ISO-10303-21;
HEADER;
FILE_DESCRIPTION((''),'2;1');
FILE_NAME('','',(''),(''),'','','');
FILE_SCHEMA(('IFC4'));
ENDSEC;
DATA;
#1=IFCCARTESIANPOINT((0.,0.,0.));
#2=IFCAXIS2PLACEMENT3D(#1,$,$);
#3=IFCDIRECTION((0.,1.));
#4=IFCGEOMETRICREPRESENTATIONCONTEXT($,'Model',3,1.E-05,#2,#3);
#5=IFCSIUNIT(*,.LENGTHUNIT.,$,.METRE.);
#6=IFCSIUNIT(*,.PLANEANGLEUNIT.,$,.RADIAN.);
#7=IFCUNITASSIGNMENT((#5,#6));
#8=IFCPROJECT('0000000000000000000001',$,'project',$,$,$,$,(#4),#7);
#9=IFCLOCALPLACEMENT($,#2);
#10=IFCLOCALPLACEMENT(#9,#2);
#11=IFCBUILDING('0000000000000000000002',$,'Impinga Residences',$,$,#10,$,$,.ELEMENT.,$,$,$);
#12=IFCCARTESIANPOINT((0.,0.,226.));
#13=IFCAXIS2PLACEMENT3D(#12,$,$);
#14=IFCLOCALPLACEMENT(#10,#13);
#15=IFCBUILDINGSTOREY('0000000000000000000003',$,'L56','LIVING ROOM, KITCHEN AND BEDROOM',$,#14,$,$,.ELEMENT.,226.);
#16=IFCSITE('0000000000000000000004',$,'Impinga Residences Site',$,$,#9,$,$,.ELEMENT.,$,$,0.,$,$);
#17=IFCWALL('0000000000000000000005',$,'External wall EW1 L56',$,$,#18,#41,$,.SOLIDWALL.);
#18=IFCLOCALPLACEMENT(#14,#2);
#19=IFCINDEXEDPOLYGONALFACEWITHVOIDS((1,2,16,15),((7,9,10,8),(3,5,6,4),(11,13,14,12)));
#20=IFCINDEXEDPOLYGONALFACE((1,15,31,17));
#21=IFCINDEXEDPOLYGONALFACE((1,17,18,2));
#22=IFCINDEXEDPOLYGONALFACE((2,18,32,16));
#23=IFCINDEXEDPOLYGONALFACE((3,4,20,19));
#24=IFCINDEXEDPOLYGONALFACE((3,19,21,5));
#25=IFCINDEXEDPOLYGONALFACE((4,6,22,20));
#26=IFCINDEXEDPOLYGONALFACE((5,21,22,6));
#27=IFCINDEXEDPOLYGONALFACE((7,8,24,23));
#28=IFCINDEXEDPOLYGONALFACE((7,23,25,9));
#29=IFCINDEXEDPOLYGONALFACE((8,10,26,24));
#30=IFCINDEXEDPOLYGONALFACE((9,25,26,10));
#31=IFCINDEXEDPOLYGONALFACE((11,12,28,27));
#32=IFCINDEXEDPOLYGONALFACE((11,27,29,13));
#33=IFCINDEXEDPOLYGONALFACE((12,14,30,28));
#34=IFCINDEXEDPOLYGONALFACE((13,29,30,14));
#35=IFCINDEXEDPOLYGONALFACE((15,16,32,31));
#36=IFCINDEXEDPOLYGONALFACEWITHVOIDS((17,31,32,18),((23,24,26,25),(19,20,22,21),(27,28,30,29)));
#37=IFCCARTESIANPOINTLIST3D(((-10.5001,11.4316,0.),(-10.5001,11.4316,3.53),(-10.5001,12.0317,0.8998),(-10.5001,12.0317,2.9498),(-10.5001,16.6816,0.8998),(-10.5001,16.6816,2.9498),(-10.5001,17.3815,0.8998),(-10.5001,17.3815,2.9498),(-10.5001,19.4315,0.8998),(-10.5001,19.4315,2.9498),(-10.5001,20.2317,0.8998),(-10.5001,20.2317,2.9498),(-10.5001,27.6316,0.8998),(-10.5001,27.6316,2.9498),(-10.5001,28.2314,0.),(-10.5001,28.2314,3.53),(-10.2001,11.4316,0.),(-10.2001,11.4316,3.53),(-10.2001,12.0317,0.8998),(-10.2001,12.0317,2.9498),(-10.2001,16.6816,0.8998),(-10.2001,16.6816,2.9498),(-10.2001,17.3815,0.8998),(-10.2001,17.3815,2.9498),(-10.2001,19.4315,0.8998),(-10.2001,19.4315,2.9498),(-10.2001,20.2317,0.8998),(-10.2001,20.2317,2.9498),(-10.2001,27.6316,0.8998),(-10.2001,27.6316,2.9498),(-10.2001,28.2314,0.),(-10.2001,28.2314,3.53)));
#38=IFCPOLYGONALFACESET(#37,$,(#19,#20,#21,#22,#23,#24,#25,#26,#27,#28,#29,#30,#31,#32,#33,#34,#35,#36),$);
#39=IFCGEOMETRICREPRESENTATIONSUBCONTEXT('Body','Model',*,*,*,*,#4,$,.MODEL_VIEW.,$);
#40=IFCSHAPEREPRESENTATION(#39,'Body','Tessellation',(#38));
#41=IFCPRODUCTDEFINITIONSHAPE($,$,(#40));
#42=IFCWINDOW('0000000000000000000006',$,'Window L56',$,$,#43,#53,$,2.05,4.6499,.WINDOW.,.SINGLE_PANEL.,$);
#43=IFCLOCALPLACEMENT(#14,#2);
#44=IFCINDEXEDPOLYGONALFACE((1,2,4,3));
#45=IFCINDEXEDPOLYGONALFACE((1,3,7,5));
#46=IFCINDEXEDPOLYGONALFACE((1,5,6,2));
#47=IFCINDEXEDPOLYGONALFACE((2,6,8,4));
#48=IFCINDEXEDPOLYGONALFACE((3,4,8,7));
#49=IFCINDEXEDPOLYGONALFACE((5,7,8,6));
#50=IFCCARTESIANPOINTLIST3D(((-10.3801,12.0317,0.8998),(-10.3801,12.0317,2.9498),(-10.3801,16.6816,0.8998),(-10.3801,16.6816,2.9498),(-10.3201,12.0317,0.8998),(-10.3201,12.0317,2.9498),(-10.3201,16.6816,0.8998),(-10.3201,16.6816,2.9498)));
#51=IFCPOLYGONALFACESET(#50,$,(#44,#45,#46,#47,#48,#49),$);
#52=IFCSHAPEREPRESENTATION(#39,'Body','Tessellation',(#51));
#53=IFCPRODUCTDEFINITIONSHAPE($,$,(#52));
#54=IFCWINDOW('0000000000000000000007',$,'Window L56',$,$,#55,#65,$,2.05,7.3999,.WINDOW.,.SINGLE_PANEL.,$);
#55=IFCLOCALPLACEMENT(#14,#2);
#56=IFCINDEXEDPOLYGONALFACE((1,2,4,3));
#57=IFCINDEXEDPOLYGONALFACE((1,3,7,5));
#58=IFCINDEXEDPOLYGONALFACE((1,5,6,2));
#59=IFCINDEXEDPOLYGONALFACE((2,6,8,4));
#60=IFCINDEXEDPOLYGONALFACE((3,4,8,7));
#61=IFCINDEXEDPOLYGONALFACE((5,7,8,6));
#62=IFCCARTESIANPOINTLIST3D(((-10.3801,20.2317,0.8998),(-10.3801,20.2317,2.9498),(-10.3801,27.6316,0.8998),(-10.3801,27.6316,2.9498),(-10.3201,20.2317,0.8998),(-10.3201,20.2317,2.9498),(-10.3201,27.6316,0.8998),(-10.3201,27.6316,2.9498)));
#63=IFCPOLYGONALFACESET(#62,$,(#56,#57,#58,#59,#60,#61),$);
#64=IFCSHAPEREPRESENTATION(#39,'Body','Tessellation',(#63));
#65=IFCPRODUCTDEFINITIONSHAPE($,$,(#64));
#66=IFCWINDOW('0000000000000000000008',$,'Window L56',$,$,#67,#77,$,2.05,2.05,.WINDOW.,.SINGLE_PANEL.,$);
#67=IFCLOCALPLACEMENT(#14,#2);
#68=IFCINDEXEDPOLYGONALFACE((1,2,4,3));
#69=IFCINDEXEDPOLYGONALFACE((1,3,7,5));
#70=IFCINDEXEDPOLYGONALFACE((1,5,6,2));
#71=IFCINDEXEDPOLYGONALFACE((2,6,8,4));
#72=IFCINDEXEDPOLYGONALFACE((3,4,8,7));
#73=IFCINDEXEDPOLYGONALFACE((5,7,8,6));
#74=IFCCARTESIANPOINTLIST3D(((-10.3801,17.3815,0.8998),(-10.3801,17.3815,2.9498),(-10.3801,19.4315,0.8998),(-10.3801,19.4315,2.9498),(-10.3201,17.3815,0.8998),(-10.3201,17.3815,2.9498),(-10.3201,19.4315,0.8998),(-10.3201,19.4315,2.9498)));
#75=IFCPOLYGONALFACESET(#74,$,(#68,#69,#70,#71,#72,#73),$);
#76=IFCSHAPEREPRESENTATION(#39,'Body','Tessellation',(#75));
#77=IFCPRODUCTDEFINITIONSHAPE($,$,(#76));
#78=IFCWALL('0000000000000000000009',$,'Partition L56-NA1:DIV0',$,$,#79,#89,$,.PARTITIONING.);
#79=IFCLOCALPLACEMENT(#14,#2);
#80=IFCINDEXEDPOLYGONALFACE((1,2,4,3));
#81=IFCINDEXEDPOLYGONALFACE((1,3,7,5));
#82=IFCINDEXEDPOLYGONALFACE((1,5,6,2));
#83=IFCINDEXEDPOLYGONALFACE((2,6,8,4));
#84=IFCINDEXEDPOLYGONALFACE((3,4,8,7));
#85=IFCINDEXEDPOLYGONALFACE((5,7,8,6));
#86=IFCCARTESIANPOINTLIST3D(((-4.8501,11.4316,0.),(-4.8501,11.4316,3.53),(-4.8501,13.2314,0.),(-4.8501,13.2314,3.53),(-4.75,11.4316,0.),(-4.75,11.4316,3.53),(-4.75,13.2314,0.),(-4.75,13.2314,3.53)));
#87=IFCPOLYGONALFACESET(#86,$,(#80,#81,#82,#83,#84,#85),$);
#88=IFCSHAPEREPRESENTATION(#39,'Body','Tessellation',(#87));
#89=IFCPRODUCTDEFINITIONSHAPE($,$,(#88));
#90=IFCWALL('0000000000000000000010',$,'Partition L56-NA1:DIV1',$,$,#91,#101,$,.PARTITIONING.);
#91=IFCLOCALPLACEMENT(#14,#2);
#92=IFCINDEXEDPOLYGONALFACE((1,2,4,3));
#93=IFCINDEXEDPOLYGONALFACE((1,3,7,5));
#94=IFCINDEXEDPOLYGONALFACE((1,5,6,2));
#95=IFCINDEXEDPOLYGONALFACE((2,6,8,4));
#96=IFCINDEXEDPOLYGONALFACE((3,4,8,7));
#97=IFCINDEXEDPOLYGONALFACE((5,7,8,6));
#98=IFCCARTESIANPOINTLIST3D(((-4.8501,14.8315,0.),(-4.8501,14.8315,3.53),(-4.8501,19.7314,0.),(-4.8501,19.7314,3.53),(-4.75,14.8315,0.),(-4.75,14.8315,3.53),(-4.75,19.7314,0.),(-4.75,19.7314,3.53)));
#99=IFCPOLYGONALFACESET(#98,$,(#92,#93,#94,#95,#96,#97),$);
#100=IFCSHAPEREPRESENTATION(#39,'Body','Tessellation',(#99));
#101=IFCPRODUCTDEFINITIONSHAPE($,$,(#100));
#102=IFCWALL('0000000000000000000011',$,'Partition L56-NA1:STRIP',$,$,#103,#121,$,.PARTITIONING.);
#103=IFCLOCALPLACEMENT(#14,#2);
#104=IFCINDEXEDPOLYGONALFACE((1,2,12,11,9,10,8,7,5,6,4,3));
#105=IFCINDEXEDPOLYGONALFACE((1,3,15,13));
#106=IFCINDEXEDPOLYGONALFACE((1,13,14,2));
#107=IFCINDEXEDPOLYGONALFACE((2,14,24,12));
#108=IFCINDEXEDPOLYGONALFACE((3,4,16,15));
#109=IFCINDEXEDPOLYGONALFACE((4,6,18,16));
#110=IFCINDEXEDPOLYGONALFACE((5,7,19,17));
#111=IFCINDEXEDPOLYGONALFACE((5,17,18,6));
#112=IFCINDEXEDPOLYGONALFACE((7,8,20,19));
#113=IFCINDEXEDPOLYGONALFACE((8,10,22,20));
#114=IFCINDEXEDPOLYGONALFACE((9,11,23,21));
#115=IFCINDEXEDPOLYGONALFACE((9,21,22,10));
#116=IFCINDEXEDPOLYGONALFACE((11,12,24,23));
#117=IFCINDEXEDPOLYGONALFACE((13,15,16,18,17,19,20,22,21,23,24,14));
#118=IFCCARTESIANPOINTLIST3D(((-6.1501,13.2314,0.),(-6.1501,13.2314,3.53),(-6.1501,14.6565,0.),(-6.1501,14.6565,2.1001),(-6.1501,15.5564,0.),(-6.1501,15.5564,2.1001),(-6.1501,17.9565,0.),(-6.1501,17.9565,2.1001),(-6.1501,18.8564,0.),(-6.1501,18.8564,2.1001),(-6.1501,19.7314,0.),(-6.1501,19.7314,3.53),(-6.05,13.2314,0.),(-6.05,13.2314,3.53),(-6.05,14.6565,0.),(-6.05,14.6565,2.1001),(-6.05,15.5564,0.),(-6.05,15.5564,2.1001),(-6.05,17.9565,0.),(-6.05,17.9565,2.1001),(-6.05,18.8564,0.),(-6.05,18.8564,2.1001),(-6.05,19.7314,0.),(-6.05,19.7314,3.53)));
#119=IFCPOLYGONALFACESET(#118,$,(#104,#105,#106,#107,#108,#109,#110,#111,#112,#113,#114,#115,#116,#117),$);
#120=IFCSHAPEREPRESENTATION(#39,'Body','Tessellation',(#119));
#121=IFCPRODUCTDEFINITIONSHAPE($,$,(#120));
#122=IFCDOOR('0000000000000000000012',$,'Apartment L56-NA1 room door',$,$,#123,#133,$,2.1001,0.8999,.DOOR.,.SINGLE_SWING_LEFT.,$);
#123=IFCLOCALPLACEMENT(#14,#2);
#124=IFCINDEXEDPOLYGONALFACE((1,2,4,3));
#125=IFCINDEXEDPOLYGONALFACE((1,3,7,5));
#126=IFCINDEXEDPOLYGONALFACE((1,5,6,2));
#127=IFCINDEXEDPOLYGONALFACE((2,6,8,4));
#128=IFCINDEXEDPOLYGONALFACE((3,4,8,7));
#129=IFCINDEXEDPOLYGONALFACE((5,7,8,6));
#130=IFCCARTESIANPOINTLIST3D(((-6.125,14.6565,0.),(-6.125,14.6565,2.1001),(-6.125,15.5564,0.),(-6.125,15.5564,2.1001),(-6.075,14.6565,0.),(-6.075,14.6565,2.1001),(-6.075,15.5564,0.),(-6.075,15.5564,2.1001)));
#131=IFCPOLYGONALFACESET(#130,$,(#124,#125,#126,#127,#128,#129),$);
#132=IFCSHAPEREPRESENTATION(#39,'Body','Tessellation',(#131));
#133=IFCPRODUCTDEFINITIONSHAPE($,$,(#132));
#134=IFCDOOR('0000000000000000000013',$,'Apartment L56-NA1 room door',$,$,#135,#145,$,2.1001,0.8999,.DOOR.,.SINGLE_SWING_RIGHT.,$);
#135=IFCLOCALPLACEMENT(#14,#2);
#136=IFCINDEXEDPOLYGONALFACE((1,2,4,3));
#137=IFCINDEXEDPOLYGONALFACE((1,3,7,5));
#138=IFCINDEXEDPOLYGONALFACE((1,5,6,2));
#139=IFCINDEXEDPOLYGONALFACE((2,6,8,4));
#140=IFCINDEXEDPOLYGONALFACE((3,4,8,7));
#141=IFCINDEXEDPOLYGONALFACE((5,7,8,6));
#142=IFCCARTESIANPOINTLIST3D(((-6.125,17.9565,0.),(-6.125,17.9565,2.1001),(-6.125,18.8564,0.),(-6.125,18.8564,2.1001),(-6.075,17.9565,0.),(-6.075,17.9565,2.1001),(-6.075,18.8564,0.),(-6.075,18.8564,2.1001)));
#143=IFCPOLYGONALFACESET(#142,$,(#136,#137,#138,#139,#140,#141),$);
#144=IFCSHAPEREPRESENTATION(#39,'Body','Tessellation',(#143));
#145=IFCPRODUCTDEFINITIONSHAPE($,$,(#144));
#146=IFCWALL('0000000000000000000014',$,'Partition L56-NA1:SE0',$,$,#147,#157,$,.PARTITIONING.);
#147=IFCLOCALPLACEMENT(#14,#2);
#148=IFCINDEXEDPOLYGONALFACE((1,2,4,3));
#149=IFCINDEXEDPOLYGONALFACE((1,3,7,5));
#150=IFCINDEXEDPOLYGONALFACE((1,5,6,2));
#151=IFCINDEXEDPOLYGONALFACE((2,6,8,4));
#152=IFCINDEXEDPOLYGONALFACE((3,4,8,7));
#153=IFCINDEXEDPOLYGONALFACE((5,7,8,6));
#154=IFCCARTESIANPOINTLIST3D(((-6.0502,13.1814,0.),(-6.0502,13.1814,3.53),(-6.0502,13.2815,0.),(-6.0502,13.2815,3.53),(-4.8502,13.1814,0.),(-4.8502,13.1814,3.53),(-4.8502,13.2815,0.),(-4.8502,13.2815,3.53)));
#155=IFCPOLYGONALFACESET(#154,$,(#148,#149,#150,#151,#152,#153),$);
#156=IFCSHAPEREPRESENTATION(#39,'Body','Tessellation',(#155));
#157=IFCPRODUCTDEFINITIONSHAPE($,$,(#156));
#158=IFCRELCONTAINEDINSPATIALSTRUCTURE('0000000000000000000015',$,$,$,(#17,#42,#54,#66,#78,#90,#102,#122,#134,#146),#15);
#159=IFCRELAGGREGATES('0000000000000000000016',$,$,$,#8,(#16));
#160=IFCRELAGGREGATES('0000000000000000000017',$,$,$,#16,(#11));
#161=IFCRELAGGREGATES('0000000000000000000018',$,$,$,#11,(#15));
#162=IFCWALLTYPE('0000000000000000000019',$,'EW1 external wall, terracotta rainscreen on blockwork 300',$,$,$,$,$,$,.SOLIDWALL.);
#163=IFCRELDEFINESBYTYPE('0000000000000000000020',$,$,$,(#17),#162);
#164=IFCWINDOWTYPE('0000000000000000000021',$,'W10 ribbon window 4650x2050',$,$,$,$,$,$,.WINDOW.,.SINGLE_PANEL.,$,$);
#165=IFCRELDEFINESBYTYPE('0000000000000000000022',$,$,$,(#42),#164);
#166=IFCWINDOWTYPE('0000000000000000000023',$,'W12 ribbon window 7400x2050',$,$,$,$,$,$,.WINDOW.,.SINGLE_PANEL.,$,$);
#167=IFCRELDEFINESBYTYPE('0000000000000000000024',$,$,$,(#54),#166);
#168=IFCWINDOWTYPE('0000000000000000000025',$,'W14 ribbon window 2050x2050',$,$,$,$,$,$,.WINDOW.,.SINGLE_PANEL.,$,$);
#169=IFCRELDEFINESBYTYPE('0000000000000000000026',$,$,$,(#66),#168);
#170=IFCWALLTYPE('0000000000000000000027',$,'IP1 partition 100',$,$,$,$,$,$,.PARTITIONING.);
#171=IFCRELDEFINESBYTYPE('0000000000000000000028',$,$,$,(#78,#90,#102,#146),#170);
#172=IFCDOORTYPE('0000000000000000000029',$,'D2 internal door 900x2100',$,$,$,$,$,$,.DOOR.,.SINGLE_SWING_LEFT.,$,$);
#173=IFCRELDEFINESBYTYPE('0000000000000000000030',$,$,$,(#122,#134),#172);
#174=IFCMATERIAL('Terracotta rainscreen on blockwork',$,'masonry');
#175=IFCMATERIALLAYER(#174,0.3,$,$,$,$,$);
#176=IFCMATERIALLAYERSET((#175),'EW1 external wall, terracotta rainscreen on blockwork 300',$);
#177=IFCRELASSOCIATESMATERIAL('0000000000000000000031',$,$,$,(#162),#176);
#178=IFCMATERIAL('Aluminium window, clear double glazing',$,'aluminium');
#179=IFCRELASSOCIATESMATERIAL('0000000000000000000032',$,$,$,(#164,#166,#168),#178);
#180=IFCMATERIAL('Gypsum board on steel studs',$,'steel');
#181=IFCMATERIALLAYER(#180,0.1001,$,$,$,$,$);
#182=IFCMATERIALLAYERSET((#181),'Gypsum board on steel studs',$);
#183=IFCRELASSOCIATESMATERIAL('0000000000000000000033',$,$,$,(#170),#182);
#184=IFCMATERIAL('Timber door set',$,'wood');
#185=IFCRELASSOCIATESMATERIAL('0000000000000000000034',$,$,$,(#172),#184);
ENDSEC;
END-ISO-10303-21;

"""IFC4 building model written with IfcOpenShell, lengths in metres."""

from ifc_helpers import new_model, si_unit, direction, frame, frame_2d, origin, place, context, subcontext, project, spatial, rectangle, extrude, material, layer, layer_set, type_object, element, fill, save


model = new_model("IFC4")

# Units and contexts
model_context = context("Model", 3, precision=1e-05, world=origin(), true_north=direction((0.0, 1.0)))
body_context = subcontext(model_context, "Body", "Model", "MODEL_VIEW")
ifc_project = project(units=[si_unit("LENGTHUNIT", "METRE"), si_unit("PLANEANGLEUNIT", "RADIAN")], contexts=[model_context])

# Site, building, storey
site_placement = place(None, origin())
site = spatial("IfcSite", under=ifc_project, at=site_placement, Name="Impinga Residences Site", CompositionType="ELEMENT", RefElevation=0.0)
building_placement = place(site_placement, origin())
building = spatial("IfcBuilding", under=site, at=building_placement, Name="Impinga Residences", CompositionType="ELEMENT")
storey_placement = place(building_placement, frame((0.0, 0.0, 226.0)))
storey = spatial("IfcBuildingStorey", under=building, at=storey_placement, Name="L56", Description="LIVING ROOM, KITCHEN AND BEDROOM", CompositionType="ELEMENT", Elevation=226.0)

# Shared definitions
ifc_material_1 = material(Name="Timber door set", Category="wood")

# Shared definitions
ifc_material_2 = material(Name="Terracotta rainscreen on blockwork", Category="masonry")
ifc_layer_1 = layer(ifc_material_2, 0.3)
ifc_layer_set_1 = layer_set([ifc_layer_1], Name="EW1 external wall, terracotta rainscreen on blockwork 300")
wall_type_1 = type_object("IfcWallType", Name="EW1 external wall, terracotta rainscreen on blockwork 300", PredefinedType="SOLIDWALL", material=ifc_layer_set_1)

# Wall, openings, windows
wall_1_placement = place(storey_placement, frame((-10.3501, 11.4316, 0.0), z_axis=(0.0, 0.0, 1.0), x_axis=(0.0, 1.0, 0.0)))
wall_1 = element("IfcWall", 1, at=wall_1_placement, inside=storey, type_object=wall_type_1, Name="External wall EW1 L56", PredefinedType="SOLIDWALL", context=body_context, shape_type="SweptSolid", body=[
    extrude(rectangle(XDim=16.7998, YDim=0.3, at=frame_2d((8.3999, 0.0))), origin(), (0.0, 0.0, 1.0), 3.53),
])
opening_1_placement = place(wall_1_placement, frame((0.6001, 0.0, 0.8999)))
opening_1 = element("IfcOpeningElement", 2, at=opening_1_placement, cuts=wall_1, PredefinedType="OPENING", context=body_context, shape_type="SweptSolid", body=[
    extrude(rectangle(XDim=4.6499, YDim=2.05, at=frame_2d((2.325, 1.0249))), frame((0.0, 0.1599, 0.0), z_axis=(0.0, -1.0, 0.0), x_axis=(1.0, 0.0, 0.0)), (0.0, 0.0, 1.0), 0.3201),
])
opening_2_placement = place(wall_1_placement, frame((5.95, 0.0, 0.8999)))
opening_2 = element("IfcOpeningElement", 3, at=opening_2_placement, cuts=wall_1, PredefinedType="OPENING", context=body_context, shape_type="SweptSolid", body=[
    extrude(rectangle(XDim=2.05, YDim=2.05, at=frame_2d((1.0249, 1.0249))), frame((0.0, 0.1599, 0.0), z_axis=(0.0, -1.0, 0.0), x_axis=(1.0, 0.0, 0.0)), (0.0, 0.0, 1.0), 0.3201),
])
opening_3_placement = place(wall_1_placement, frame((8.8, 0.0, 0.8999)))
opening_3 = element("IfcOpeningElement", 4, at=opening_3_placement, cuts=wall_1, PredefinedType="OPENING", context=body_context, shape_type="SweptSolid", body=[
    extrude(rectangle(XDim=7.3999, YDim=2.05, at=frame_2d((3.7, 1.0249))), frame((0.0, 0.1599, 0.0), z_axis=(0.0, -1.0, 0.0), x_axis=(1.0, 0.0, 0.0)), (0.0, 0.0, 1.0), 0.3201),
])
ifc_material_3 = material(Name="Aluminium window, clear double glazing", Category="aluminium")
window_type_1 = type_object("IfcWindowType", Name="W10 ribbon window 4650x2050", PartitioningType="SINGLE_PANEL", PredefinedType="WINDOW", material=ifc_material_3)
window_1_placement = place(opening_1_placement, origin())
window_1 = element("IfcWindow", 5, at=window_1_placement, inside=storey, type_object=window_type_1, Name="Window L56", OverallHeight=2.05, OverallWidth=4.6499, PartitioningType="SINGLE_PANEL", PredefinedType="WINDOW", context=body_context, shape_type="SweptSolid", body=[
    extrude(rectangle(XDim=4.6499, YDim=2.05, at=frame_2d((2.325, 1.0249))), frame((0.0, 0.03, 0.0), z_axis=(0.0, -1.0, 0.0), x_axis=(1.0, 0.0, 0.0)), (0.0, 0.0, 1.0), 0.0601),
])
fill(opening_1, window_1)
window_type_2 = type_object("IfcWindowType", Name="W12 ribbon window 7400x2050", PartitioningType="SINGLE_PANEL", PredefinedType="WINDOW", material=ifc_material_3)
window_2_placement = place(opening_3_placement, origin())
window_2 = element("IfcWindow", 6, at=window_2_placement, inside=storey, type_object=window_type_2, Name="Window L56", OverallHeight=2.05, OverallWidth=7.3999, PartitioningType="SINGLE_PANEL", PredefinedType="WINDOW", context=body_context, shape_type="SweptSolid", body=[
    extrude(rectangle(XDim=7.3999, YDim=2.05, at=frame_2d((3.7, 1.0249))), frame((0.0, 0.03, 0.0), z_axis=(0.0, -1.0, 0.0), x_axis=(1.0, 0.0, 0.0)), (0.0, 0.0, 1.0), 0.0601),
])
fill(opening_3, window_2)
window_type_3 = type_object("IfcWindowType", Name="W14 ribbon window 2050x2050", PartitioningType="SINGLE_PANEL", PredefinedType="WINDOW", material=ifc_material_3)
window_3_placement = place(opening_2_placement, origin())
window_3 = element("IfcWindow", 7, at=window_3_placement, inside=storey, type_object=window_type_3, Name="Window L56", OverallHeight=2.05, OverallWidth=2.05, PartitioningType="SINGLE_PANEL", PredefinedType="WINDOW", context=body_context, shape_type="SweptSolid", body=[
    extrude(rectangle(XDim=2.05, YDim=2.05, at=frame_2d((1.0249, 1.0249))), frame((0.0, 0.03, 0.0), z_axis=(0.0, -1.0, 0.0), x_axis=(1.0, 0.0, 0.0)), (0.0, 0.0, 1.0), 0.0601),
])
fill(opening_2, window_3)

# Walls
ifc_material_4 = material(Name="Gypsum board on steel studs", Category="steel")
ifc_layer_2 = layer(ifc_material_4, 0.1001)
ifc_layer_set_2 = layer_set([ifc_layer_2], Name="Gypsum board on steel studs")
wall_type_2 = type_object("IfcWallType", Name="IP1 partition 100", PredefinedType="PARTITIONING", material=ifc_layer_set_2)
wall_2_placement = place(storey_placement, frame((-4.8, 11.4316, 0.0), z_axis=(0.0, 0.0, 1.0), x_axis=(0.0, 1.0, 0.0)))
element("IfcWall", 8, at=wall_2_placement, inside=storey, type_object=wall_type_2, Name="Partition L56-NA1:DIV0", PredefinedType="PARTITIONING", context=body_context, shape_type="SweptSolid", body=[
    extrude(rectangle(XDim=1.7998, YDim=0.1001, at=frame_2d((0.8999, 0.0))), origin(), (0.0, 0.0, 1.0), 3.53),
])
wall_3_placement = place(storey_placement, frame((-4.8, 14.8315, 0.0), z_axis=(0.0, 0.0, 1.0), x_axis=(0.0, 1.0, 0.0)))
element("IfcWall", 9, at=wall_3_placement, inside=storey, type_object=wall_type_2, Name="Partition L56-NA1:DIV1", PredefinedType="PARTITIONING", context=body_context, shape_type="SweptSolid", body=[
    extrude(rectangle(XDim=4.8999, YDim=0.1001, at=frame_2d((2.45, 0.0))), origin(), (0.0, 0.0, 1.0), 3.53),
])

# Wall, openings, doors
wall_4_placement = place(storey_placement, frame((-6.1001, 13.2314, 0.0), z_axis=(0.0, 0.0, 1.0), x_axis=(0.0, 1.0, 0.0)))
wall_4 = element("IfcWall", 10, at=wall_4_placement, inside=storey, type_object=wall_type_2, Name="Partition L56-NA1:STRIP", PredefinedType="PARTITIONING", context=body_context, shape_type="SweptSolid", body=[
    extrude(rectangle(XDim=6.5, YDim=0.1001, at=frame_2d((3.25, 0.0))), origin(), (0.0, 0.0, 1.0), 3.53),
])
opening_4_placement = place(wall_4_placement, frame((1.425, 0.0, 0.0)))
opening_4 = element("IfcOpeningElement", 11, at=opening_4_placement, cuts=wall_4, PredefinedType="OPENING", context=body_context, shape_type="SweptSolid", body=[
    extrude(rectangle(XDim=0.8999, YDim=2.1001, at=frame_2d((0.45, 1.05))), frame((0.0, 0.0601, 0.0), z_axis=(0.0, -1.0, 0.0), x_axis=(1.0, 0.0, 0.0)), (0.0, 0.0, 1.0), 0.1201),
])
opening_5_placement = place(wall_4_placement, frame((4.7251, 0.0, 0.0)))
opening_5 = element("IfcOpeningElement", 12, at=opening_5_placement, cuts=wall_4, PredefinedType="OPENING", context=body_context, shape_type="SweptSolid", body=[
    extrude(rectangle(XDim=0.8999, YDim=2.1001, at=frame_2d((0.45, 1.05))), frame((0.0, 0.0601, 0.0), z_axis=(0.0, -1.0, 0.0), x_axis=(1.0, 0.0, 0.0)), (0.0, 0.0, 1.0), 0.1201),
])
door_type_1 = type_object("IfcDoorType", Name="D2 internal door 900x2100", OperationType="SINGLE_SWING_LEFT", PredefinedType="DOOR", material=ifc_material_1)
door_1_placement = place(opening_4_placement, origin())
door_1 = element("IfcDoor", 13, at=door_1_placement, inside=storey, type_object=door_type_1, Name="Apartment L56-NA1 room door", OperationType="SINGLE_SWING_LEFT", OverallHeight=2.1001, OverallWidth=0.8999, PredefinedType="DOOR", context=body_context, shape_type="SweptSolid", body=[
    extrude(rectangle(XDim=0.8999, YDim=2.1001, at=frame_2d((0.45, 1.05))), frame((0.0, 0.0249, 0.0), z_axis=(0.0, -1.0, 0.0), x_axis=(1.0, 0.0, 0.0)), (0.0, 0.0, 1.0), 0.05),
])
fill(opening_4, door_1)
door_2_placement = place(opening_5_placement, origin())
door_2 = element("IfcDoor", 14, at=door_2_placement, inside=storey, type_object=door_type_1, Name="Apartment L56-NA1 room door", OperationType="SINGLE_SWING_RIGHT", OverallHeight=2.1001, OverallWidth=0.8999, PredefinedType="DOOR", context=body_context, shape_type="SweptSolid", body=[
    extrude(rectangle(XDim=0.8999, YDim=2.1001, at=frame_2d((0.45, 1.05))), frame((0.0, 0.0249, 0.0), z_axis=(0.0, -1.0, 0.0), x_axis=(1.0, 0.0, 0.0)), (0.0, 0.0, 1.0), 0.05),
])
fill(opening_5, door_2)

# Wall
wall_5_placement = place(storey_placement, frame((-4.8501, 13.2314, 0.0), z_axis=(0.0, 0.0, 1.0), x_axis=(-1.0, 0.0, 0.0)))
element("IfcWall", 15, at=wall_5_placement, inside=storey, type_object=wall_type_2, Name="Partition L56-NA1:SE0", PredefinedType="PARTITIONING", context=body_context, shape_type="SweptSolid", body=[
    extrude(rectangle(XDim=1.2, YDim=0.1001, at=frame_2d((0.6001, 0.0))), origin(), (0.0, 0.0, 1.0), 3.53),
])

save(model, "model.ifc")
